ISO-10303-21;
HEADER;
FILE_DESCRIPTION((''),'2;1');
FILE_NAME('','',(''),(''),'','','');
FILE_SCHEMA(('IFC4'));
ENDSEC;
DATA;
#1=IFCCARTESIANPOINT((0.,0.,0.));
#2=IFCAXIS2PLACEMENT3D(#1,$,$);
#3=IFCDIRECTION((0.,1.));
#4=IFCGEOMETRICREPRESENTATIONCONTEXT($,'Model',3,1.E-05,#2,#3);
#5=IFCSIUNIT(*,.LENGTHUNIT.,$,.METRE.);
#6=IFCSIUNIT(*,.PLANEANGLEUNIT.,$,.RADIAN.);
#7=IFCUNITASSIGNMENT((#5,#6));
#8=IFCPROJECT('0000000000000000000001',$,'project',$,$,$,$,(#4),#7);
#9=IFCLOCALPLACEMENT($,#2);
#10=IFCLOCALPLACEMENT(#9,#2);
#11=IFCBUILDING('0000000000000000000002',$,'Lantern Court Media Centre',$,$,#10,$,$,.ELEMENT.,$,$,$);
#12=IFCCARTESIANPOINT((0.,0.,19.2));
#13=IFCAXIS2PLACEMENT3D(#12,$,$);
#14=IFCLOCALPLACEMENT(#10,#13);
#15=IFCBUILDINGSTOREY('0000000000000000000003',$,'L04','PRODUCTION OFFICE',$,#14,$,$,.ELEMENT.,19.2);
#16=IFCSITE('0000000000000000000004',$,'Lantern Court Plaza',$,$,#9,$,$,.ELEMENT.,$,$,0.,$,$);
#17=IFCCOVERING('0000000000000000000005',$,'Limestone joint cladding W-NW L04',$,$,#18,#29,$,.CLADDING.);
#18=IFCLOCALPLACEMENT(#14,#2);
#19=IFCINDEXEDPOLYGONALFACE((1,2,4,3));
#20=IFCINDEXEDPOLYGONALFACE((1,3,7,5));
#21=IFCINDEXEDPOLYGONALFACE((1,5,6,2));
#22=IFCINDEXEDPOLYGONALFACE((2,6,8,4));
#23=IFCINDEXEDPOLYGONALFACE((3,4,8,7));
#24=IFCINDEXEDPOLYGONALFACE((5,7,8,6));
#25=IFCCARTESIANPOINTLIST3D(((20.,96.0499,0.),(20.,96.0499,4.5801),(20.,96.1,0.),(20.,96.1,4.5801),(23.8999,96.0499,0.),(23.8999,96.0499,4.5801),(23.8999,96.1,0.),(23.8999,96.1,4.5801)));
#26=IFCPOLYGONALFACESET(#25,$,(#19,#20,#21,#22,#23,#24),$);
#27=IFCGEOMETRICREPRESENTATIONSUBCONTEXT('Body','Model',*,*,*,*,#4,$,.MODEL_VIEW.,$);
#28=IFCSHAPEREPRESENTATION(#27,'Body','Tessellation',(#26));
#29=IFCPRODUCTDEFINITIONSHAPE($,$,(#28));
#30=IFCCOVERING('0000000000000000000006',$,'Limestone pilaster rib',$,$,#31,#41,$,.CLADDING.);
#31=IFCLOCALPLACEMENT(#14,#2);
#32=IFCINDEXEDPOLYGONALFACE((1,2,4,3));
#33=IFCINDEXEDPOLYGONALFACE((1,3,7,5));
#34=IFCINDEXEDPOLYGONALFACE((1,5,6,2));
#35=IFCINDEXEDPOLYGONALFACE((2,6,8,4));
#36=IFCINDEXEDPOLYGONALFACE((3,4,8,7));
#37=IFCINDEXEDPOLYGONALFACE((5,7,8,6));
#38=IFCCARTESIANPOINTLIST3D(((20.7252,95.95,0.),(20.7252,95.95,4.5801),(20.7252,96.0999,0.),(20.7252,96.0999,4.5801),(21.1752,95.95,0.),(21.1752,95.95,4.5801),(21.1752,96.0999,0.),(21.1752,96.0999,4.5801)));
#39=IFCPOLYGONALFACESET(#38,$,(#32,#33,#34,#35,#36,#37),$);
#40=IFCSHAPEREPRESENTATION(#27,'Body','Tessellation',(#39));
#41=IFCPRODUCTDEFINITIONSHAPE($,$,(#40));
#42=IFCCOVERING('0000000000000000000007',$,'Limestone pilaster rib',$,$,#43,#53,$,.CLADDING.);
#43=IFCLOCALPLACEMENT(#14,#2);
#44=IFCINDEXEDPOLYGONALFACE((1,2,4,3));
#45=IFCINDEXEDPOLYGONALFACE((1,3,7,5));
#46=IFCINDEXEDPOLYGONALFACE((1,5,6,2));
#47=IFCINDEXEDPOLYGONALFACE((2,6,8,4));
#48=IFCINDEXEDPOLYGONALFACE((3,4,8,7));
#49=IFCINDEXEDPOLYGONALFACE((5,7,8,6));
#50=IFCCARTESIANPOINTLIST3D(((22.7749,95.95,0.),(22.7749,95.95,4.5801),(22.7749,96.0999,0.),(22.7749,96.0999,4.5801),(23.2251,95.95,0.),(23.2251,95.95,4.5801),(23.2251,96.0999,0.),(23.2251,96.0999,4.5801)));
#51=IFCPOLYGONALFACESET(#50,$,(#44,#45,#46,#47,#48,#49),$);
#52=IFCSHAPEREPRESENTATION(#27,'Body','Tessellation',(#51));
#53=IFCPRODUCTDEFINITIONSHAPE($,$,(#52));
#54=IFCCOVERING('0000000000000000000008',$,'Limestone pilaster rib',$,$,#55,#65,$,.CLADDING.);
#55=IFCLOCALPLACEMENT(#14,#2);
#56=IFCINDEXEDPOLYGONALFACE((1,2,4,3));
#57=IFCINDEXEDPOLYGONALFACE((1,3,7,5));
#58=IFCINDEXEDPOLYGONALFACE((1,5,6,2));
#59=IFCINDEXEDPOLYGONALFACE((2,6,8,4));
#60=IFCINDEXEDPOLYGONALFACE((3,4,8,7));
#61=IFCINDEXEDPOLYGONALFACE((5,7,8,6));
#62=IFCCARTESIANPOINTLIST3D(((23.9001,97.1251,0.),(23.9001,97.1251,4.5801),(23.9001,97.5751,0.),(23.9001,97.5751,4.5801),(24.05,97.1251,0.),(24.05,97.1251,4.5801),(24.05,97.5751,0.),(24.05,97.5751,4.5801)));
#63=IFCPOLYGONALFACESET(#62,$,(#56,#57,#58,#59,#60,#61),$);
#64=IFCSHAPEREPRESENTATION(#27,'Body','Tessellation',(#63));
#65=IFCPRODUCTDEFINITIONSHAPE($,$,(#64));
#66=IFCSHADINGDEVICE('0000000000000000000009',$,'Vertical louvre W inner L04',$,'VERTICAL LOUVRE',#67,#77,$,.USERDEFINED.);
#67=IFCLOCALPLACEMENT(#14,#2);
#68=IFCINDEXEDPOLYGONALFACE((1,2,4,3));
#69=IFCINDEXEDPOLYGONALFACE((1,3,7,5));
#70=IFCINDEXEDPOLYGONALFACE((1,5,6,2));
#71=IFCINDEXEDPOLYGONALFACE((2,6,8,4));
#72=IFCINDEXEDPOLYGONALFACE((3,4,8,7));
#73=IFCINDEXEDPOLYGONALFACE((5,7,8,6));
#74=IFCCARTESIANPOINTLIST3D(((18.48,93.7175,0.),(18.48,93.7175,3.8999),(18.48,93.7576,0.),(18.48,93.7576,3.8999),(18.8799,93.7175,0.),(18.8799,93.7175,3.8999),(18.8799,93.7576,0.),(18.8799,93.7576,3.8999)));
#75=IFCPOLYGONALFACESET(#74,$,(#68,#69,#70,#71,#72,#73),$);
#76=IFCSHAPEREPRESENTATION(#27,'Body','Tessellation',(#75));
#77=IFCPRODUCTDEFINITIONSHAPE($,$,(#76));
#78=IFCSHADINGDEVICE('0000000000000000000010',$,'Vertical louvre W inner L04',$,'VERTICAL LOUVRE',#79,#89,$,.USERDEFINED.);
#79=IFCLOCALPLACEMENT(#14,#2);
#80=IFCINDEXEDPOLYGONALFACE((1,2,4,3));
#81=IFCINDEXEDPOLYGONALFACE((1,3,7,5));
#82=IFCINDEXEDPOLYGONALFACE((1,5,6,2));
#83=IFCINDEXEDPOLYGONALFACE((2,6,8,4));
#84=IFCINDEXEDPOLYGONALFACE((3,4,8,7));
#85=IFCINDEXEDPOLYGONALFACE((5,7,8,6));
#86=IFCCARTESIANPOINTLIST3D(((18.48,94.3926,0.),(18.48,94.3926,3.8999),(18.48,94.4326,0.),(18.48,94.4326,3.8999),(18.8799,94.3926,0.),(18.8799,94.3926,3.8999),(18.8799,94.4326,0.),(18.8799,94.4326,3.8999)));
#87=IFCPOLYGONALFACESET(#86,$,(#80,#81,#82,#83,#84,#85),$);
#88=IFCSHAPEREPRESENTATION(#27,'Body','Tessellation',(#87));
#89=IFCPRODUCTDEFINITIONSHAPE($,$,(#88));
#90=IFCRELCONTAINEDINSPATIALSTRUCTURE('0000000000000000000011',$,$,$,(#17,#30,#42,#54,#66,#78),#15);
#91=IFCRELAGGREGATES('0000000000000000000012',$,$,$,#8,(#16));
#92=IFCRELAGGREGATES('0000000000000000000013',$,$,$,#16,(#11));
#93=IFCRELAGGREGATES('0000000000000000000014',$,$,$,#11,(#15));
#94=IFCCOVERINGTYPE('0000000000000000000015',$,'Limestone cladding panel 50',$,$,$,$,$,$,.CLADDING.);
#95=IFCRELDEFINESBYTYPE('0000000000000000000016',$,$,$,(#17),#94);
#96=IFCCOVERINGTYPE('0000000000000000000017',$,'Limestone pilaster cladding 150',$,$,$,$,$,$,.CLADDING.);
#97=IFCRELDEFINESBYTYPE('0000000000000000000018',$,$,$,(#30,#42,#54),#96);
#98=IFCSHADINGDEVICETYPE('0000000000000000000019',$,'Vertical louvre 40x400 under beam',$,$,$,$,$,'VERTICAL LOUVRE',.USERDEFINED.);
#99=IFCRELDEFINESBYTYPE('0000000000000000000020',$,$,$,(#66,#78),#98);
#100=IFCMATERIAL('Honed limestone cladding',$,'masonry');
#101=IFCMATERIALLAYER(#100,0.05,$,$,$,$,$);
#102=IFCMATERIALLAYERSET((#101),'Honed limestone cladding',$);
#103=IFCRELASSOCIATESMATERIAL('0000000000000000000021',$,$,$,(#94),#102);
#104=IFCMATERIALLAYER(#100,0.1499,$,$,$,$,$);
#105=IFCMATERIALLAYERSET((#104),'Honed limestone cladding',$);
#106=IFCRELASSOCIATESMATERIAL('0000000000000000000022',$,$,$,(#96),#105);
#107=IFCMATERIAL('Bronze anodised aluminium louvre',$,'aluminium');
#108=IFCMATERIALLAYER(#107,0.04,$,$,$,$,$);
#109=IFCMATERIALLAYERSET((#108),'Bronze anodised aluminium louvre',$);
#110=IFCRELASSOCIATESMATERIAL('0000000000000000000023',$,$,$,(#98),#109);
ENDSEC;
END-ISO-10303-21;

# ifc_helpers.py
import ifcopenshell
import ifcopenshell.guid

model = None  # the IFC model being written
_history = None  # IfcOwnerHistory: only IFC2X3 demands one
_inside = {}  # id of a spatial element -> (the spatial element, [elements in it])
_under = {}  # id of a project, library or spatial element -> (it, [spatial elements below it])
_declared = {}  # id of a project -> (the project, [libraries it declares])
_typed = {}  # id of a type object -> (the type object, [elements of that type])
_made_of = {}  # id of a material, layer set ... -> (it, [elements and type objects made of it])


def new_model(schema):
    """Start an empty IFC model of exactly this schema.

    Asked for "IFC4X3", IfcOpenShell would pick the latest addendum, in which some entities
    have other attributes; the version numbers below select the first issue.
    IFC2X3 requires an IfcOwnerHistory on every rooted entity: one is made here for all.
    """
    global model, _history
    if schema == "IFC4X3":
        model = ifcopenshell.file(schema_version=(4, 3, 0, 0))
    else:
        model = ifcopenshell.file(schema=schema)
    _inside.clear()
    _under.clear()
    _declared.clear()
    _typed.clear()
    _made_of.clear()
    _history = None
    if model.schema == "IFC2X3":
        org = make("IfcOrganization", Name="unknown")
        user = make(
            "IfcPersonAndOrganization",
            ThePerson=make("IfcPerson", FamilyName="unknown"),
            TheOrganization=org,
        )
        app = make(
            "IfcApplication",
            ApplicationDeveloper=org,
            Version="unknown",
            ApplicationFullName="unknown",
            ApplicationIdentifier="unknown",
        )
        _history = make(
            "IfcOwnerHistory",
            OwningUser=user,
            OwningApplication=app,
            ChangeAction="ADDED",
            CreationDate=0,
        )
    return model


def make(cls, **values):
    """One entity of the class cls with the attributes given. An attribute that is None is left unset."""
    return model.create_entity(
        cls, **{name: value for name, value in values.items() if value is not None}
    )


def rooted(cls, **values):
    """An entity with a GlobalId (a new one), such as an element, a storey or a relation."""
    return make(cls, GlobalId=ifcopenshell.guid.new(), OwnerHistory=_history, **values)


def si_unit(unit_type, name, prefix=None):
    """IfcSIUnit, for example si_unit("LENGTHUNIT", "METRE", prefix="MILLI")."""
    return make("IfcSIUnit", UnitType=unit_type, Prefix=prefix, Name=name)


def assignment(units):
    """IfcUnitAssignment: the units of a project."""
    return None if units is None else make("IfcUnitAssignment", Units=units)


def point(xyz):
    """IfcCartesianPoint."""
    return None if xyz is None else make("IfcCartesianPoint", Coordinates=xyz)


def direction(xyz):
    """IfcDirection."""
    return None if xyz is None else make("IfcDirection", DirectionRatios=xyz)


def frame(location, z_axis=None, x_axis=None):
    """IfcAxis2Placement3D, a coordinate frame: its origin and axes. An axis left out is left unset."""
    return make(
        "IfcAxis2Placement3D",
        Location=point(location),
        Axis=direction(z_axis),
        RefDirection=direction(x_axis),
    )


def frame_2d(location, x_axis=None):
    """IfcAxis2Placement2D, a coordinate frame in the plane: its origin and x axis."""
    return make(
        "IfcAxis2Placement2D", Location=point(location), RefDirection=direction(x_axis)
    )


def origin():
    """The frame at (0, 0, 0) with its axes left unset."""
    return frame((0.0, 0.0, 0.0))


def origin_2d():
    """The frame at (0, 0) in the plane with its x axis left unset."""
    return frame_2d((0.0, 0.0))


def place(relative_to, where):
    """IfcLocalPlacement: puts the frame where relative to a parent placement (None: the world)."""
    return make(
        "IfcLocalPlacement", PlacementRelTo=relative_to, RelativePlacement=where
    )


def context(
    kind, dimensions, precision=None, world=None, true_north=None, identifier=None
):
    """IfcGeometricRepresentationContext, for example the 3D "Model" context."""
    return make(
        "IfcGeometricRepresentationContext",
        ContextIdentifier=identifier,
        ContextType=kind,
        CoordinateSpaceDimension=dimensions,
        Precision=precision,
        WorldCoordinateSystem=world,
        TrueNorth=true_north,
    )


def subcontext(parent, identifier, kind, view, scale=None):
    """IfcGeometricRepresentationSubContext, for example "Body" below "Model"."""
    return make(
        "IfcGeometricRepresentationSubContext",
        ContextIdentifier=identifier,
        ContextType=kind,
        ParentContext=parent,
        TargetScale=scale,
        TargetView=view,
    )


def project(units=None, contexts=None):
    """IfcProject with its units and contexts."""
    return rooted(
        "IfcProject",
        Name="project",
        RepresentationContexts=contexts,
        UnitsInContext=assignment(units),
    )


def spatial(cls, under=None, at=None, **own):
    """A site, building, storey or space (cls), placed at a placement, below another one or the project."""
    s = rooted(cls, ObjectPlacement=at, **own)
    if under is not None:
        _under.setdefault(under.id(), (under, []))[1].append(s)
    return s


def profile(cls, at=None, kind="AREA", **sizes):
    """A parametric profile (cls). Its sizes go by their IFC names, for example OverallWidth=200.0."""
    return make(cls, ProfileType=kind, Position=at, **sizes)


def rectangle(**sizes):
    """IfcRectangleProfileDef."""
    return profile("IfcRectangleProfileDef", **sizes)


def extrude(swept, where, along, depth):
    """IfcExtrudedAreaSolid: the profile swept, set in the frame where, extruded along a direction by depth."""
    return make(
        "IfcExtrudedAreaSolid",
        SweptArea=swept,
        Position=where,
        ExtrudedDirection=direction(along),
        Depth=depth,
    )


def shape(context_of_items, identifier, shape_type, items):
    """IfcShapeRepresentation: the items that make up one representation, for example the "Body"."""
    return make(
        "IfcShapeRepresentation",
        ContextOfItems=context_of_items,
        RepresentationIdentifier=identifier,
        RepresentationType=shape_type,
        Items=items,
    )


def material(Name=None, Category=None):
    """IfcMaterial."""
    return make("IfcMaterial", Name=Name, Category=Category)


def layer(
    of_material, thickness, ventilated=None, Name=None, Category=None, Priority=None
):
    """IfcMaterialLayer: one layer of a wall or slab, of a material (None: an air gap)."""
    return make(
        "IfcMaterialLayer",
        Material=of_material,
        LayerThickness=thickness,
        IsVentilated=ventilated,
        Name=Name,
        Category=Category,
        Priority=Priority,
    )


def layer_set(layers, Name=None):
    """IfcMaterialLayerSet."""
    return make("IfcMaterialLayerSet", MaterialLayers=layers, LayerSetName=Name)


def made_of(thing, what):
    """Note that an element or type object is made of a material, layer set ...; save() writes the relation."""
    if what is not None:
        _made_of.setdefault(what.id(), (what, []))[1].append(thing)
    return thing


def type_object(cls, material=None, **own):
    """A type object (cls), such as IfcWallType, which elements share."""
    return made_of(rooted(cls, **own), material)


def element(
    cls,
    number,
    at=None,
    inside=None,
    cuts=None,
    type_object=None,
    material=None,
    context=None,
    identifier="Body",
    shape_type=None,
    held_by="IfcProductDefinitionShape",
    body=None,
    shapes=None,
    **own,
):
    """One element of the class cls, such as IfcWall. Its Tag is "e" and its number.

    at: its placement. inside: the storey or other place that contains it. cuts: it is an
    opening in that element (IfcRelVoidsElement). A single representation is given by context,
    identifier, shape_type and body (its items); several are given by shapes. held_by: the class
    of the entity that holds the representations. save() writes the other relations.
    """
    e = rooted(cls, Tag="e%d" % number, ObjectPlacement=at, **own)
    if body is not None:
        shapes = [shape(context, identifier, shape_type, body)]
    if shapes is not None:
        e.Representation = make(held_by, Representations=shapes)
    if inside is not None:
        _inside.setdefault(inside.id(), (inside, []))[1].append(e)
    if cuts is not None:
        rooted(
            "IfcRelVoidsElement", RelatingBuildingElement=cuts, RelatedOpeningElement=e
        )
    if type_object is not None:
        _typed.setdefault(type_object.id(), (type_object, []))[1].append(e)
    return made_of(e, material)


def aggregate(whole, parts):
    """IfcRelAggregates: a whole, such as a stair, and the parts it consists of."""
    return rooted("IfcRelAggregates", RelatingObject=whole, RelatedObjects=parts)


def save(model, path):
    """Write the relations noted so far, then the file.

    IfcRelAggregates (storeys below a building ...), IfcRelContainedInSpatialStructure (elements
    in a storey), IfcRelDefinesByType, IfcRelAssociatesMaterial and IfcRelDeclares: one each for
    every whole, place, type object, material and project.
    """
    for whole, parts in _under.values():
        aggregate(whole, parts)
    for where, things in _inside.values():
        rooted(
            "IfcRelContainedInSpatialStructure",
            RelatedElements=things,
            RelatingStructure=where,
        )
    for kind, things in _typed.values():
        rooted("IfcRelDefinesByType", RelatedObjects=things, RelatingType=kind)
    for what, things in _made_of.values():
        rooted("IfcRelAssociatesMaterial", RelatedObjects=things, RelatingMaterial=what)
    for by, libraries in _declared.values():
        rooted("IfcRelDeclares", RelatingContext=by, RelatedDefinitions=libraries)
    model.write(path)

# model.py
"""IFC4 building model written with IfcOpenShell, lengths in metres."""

from ifc_helpers import new_model, si_unit, direction, frame, frame_2d, origin, origin_2d, place, context, subcontext, project, spatial, rectangle, extrude, material, layer, layer_set, type_object, element, save


model = new_model("IFC4")

# Units and contexts
model_context = context("Model", 3, precision=1e-05, world=origin(), true_north=direction((0.0, 1.0)))
body_context = subcontext(model_context, "Body", "Model", "MODEL_VIEW")
ifc_project = project(units=[si_unit("LENGTHUNIT", "METRE"), si_unit("PLANEANGLEUNIT", "RADIAN")], contexts=[model_context])

# Site, building, storey
site_placement = place(None, origin())
site = spatial("IfcSite", under=ifc_project, at=site_placement, Name="Lantern Court Plaza", CompositionType="ELEMENT", RefElevation=0.0)
building_placement = place(site_placement, origin())
building = spatial("IfcBuilding", under=site, at=building_placement, Name="Lantern Court Media Centre", CompositionType="ELEMENT")
storey_placement = place(building_placement, frame((0.0, 0.0, 19.2)))
storey = spatial("IfcBuildingStorey", under=building, at=storey_placement, Name="L04", Description="PRODUCTION OFFICE", CompositionType="ELEMENT", Elevation=19.2)

# Coverings
ifc_material_1 = material(Name="Honed limestone cladding", Category="masonry")
ifc_layer_1 = layer(ifc_material_1, 0.05)
ifc_layer_set_1 = layer_set([ifc_layer_1], Name="Honed limestone cladding")
covering_type_1 = type_object("IfcCoveringType", Name="Limestone cladding panel 50", PredefinedType="CLADDING", material=ifc_layer_set_1)
covering_1_placement = place(storey_placement, frame((20.0, 96.075, 0.0), z_axis=(0.0, 0.0, 1.0), x_axis=(1.0, 0.0, 0.0)))
element("IfcCovering", 1, at=covering_1_placement, inside=storey, type_object=covering_type_1, Name="Limestone joint cladding W-NW L04", PredefinedType="CLADDING", context=body_context, shape_type="SweptSolid", body=[
    extrude(rectangle(XDim=3.8999, YDim=0.05, at=frame_2d((1.95, 0.0))), origin(), (0.0, 0.0, 1.0), 4.5801),
])
ifc_layer_2 = layer(ifc_material_1, 0.1499)
ifc_layer_set_2 = layer_set([ifc_layer_2], Name="Honed limestone cladding")
covering_type_2 = type_object("IfcCoveringType", Name="Limestone pilaster cladding 150", PredefinedType="CLADDING", material=ifc_layer_set_2)
covering_2_placement = place(storey_placement, frame((20.7251, 96.0249, 0.0), z_axis=(0.0, 0.0, 1.0), x_axis=(1.0, 0.0, 0.0)))
element("IfcCovering", 2, at=covering_2_placement, inside=storey, type_object=covering_type_2, Name="Limestone pilaster rib", PredefinedType="CLADDING", context=body_context, shape_type="SweptSolid", body=[
    extrude(rectangle(XDim=0.45, YDim=0.1499, at=frame_2d((0.2251, 0.0))), origin(), (0.0, 0.0, 1.0), 4.5801),
])
covering_3_placement = place(storey_placement, frame((22.7749, 96.0249, 0.0), z_axis=(0.0, 0.0, 1.0), x_axis=(1.0, 0.0, 0.0)))
element("IfcCovering", 3, at=covering_3_placement, inside=storey, type_object=covering_type_2, Name="Limestone pilaster rib", PredefinedType="CLADDING", context=body_context, shape_type="SweptSolid", body=[
    extrude(rectangle(XDim=0.4502, YDim=0.1499, at=frame_2d((0.2251, 0.0))), origin(), (0.0, 0.0, 1.0), 4.5801),
])
covering_4_placement = place(storey_placement, frame((23.9751, 97.125, 0.0), z_axis=(0.0, 0.0, 1.0), x_axis=(0.0, 1.0, 0.0)))
element("IfcCovering", 4, at=covering_4_placement, inside=storey, type_object=covering_type_2, Name="Limestone pilaster rib", PredefinedType="CLADDING", context=body_context, shape_type="SweptSolid", body=[
    extrude(rectangle(XDim=0.45, YDim=0.1499, at=frame_2d((0.2251, 0.0))), origin(), (0.0, 0.0, 1.0), 4.5801),
])

# Shading devices
ifc_material_2 = material(Name="Bronze anodised aluminium louvre", Category="aluminium")
ifc_layer_3 = layer(ifc_material_2, 0.04)
ifc_layer_set_3 = layer_set([ifc_layer_3], Name="Bronze anodised aluminium louvre")
shading_device_type = type_object("IfcShadingDeviceType", Name="Vertical louvre 40x400 under beam", ElementType="VERTICAL LOUVRE", PredefinedType="USERDEFINED", material=ifc_layer_set_3)
for number, where, z_axis, x_axis, name in (
    (5, (18.6799, 93.7375, 0.0), (0.0, 0.0, 1.0), (1.0, 0.0, 0.0), "Vertical louvre W inner L04"),
    (6, (18.6799, 94.4126, 0.0), (0.0, 0.0, 1.0), (1.0, 0.0, 0.0), "Vertical louvre W inner L04"),
):
    element("IfcShadingDevice", number, at=place(storey_placement, frame(where, z_axis=z_axis, x_axis=x_axis)), inside=storey, type_object=shading_device_type, Name=name, ObjectType="VERTICAL LOUVRE", PredefinedType="USERDEFINED", context=body_context, shape_type="SweptSolid", body=[
        extrude(rectangle(XDim=0.3999, YDim=0.04, at=origin_2d()), origin(), (0.0, 0.0, 1.0), 3.8999),
    ])

save(model, "model.ifc")
